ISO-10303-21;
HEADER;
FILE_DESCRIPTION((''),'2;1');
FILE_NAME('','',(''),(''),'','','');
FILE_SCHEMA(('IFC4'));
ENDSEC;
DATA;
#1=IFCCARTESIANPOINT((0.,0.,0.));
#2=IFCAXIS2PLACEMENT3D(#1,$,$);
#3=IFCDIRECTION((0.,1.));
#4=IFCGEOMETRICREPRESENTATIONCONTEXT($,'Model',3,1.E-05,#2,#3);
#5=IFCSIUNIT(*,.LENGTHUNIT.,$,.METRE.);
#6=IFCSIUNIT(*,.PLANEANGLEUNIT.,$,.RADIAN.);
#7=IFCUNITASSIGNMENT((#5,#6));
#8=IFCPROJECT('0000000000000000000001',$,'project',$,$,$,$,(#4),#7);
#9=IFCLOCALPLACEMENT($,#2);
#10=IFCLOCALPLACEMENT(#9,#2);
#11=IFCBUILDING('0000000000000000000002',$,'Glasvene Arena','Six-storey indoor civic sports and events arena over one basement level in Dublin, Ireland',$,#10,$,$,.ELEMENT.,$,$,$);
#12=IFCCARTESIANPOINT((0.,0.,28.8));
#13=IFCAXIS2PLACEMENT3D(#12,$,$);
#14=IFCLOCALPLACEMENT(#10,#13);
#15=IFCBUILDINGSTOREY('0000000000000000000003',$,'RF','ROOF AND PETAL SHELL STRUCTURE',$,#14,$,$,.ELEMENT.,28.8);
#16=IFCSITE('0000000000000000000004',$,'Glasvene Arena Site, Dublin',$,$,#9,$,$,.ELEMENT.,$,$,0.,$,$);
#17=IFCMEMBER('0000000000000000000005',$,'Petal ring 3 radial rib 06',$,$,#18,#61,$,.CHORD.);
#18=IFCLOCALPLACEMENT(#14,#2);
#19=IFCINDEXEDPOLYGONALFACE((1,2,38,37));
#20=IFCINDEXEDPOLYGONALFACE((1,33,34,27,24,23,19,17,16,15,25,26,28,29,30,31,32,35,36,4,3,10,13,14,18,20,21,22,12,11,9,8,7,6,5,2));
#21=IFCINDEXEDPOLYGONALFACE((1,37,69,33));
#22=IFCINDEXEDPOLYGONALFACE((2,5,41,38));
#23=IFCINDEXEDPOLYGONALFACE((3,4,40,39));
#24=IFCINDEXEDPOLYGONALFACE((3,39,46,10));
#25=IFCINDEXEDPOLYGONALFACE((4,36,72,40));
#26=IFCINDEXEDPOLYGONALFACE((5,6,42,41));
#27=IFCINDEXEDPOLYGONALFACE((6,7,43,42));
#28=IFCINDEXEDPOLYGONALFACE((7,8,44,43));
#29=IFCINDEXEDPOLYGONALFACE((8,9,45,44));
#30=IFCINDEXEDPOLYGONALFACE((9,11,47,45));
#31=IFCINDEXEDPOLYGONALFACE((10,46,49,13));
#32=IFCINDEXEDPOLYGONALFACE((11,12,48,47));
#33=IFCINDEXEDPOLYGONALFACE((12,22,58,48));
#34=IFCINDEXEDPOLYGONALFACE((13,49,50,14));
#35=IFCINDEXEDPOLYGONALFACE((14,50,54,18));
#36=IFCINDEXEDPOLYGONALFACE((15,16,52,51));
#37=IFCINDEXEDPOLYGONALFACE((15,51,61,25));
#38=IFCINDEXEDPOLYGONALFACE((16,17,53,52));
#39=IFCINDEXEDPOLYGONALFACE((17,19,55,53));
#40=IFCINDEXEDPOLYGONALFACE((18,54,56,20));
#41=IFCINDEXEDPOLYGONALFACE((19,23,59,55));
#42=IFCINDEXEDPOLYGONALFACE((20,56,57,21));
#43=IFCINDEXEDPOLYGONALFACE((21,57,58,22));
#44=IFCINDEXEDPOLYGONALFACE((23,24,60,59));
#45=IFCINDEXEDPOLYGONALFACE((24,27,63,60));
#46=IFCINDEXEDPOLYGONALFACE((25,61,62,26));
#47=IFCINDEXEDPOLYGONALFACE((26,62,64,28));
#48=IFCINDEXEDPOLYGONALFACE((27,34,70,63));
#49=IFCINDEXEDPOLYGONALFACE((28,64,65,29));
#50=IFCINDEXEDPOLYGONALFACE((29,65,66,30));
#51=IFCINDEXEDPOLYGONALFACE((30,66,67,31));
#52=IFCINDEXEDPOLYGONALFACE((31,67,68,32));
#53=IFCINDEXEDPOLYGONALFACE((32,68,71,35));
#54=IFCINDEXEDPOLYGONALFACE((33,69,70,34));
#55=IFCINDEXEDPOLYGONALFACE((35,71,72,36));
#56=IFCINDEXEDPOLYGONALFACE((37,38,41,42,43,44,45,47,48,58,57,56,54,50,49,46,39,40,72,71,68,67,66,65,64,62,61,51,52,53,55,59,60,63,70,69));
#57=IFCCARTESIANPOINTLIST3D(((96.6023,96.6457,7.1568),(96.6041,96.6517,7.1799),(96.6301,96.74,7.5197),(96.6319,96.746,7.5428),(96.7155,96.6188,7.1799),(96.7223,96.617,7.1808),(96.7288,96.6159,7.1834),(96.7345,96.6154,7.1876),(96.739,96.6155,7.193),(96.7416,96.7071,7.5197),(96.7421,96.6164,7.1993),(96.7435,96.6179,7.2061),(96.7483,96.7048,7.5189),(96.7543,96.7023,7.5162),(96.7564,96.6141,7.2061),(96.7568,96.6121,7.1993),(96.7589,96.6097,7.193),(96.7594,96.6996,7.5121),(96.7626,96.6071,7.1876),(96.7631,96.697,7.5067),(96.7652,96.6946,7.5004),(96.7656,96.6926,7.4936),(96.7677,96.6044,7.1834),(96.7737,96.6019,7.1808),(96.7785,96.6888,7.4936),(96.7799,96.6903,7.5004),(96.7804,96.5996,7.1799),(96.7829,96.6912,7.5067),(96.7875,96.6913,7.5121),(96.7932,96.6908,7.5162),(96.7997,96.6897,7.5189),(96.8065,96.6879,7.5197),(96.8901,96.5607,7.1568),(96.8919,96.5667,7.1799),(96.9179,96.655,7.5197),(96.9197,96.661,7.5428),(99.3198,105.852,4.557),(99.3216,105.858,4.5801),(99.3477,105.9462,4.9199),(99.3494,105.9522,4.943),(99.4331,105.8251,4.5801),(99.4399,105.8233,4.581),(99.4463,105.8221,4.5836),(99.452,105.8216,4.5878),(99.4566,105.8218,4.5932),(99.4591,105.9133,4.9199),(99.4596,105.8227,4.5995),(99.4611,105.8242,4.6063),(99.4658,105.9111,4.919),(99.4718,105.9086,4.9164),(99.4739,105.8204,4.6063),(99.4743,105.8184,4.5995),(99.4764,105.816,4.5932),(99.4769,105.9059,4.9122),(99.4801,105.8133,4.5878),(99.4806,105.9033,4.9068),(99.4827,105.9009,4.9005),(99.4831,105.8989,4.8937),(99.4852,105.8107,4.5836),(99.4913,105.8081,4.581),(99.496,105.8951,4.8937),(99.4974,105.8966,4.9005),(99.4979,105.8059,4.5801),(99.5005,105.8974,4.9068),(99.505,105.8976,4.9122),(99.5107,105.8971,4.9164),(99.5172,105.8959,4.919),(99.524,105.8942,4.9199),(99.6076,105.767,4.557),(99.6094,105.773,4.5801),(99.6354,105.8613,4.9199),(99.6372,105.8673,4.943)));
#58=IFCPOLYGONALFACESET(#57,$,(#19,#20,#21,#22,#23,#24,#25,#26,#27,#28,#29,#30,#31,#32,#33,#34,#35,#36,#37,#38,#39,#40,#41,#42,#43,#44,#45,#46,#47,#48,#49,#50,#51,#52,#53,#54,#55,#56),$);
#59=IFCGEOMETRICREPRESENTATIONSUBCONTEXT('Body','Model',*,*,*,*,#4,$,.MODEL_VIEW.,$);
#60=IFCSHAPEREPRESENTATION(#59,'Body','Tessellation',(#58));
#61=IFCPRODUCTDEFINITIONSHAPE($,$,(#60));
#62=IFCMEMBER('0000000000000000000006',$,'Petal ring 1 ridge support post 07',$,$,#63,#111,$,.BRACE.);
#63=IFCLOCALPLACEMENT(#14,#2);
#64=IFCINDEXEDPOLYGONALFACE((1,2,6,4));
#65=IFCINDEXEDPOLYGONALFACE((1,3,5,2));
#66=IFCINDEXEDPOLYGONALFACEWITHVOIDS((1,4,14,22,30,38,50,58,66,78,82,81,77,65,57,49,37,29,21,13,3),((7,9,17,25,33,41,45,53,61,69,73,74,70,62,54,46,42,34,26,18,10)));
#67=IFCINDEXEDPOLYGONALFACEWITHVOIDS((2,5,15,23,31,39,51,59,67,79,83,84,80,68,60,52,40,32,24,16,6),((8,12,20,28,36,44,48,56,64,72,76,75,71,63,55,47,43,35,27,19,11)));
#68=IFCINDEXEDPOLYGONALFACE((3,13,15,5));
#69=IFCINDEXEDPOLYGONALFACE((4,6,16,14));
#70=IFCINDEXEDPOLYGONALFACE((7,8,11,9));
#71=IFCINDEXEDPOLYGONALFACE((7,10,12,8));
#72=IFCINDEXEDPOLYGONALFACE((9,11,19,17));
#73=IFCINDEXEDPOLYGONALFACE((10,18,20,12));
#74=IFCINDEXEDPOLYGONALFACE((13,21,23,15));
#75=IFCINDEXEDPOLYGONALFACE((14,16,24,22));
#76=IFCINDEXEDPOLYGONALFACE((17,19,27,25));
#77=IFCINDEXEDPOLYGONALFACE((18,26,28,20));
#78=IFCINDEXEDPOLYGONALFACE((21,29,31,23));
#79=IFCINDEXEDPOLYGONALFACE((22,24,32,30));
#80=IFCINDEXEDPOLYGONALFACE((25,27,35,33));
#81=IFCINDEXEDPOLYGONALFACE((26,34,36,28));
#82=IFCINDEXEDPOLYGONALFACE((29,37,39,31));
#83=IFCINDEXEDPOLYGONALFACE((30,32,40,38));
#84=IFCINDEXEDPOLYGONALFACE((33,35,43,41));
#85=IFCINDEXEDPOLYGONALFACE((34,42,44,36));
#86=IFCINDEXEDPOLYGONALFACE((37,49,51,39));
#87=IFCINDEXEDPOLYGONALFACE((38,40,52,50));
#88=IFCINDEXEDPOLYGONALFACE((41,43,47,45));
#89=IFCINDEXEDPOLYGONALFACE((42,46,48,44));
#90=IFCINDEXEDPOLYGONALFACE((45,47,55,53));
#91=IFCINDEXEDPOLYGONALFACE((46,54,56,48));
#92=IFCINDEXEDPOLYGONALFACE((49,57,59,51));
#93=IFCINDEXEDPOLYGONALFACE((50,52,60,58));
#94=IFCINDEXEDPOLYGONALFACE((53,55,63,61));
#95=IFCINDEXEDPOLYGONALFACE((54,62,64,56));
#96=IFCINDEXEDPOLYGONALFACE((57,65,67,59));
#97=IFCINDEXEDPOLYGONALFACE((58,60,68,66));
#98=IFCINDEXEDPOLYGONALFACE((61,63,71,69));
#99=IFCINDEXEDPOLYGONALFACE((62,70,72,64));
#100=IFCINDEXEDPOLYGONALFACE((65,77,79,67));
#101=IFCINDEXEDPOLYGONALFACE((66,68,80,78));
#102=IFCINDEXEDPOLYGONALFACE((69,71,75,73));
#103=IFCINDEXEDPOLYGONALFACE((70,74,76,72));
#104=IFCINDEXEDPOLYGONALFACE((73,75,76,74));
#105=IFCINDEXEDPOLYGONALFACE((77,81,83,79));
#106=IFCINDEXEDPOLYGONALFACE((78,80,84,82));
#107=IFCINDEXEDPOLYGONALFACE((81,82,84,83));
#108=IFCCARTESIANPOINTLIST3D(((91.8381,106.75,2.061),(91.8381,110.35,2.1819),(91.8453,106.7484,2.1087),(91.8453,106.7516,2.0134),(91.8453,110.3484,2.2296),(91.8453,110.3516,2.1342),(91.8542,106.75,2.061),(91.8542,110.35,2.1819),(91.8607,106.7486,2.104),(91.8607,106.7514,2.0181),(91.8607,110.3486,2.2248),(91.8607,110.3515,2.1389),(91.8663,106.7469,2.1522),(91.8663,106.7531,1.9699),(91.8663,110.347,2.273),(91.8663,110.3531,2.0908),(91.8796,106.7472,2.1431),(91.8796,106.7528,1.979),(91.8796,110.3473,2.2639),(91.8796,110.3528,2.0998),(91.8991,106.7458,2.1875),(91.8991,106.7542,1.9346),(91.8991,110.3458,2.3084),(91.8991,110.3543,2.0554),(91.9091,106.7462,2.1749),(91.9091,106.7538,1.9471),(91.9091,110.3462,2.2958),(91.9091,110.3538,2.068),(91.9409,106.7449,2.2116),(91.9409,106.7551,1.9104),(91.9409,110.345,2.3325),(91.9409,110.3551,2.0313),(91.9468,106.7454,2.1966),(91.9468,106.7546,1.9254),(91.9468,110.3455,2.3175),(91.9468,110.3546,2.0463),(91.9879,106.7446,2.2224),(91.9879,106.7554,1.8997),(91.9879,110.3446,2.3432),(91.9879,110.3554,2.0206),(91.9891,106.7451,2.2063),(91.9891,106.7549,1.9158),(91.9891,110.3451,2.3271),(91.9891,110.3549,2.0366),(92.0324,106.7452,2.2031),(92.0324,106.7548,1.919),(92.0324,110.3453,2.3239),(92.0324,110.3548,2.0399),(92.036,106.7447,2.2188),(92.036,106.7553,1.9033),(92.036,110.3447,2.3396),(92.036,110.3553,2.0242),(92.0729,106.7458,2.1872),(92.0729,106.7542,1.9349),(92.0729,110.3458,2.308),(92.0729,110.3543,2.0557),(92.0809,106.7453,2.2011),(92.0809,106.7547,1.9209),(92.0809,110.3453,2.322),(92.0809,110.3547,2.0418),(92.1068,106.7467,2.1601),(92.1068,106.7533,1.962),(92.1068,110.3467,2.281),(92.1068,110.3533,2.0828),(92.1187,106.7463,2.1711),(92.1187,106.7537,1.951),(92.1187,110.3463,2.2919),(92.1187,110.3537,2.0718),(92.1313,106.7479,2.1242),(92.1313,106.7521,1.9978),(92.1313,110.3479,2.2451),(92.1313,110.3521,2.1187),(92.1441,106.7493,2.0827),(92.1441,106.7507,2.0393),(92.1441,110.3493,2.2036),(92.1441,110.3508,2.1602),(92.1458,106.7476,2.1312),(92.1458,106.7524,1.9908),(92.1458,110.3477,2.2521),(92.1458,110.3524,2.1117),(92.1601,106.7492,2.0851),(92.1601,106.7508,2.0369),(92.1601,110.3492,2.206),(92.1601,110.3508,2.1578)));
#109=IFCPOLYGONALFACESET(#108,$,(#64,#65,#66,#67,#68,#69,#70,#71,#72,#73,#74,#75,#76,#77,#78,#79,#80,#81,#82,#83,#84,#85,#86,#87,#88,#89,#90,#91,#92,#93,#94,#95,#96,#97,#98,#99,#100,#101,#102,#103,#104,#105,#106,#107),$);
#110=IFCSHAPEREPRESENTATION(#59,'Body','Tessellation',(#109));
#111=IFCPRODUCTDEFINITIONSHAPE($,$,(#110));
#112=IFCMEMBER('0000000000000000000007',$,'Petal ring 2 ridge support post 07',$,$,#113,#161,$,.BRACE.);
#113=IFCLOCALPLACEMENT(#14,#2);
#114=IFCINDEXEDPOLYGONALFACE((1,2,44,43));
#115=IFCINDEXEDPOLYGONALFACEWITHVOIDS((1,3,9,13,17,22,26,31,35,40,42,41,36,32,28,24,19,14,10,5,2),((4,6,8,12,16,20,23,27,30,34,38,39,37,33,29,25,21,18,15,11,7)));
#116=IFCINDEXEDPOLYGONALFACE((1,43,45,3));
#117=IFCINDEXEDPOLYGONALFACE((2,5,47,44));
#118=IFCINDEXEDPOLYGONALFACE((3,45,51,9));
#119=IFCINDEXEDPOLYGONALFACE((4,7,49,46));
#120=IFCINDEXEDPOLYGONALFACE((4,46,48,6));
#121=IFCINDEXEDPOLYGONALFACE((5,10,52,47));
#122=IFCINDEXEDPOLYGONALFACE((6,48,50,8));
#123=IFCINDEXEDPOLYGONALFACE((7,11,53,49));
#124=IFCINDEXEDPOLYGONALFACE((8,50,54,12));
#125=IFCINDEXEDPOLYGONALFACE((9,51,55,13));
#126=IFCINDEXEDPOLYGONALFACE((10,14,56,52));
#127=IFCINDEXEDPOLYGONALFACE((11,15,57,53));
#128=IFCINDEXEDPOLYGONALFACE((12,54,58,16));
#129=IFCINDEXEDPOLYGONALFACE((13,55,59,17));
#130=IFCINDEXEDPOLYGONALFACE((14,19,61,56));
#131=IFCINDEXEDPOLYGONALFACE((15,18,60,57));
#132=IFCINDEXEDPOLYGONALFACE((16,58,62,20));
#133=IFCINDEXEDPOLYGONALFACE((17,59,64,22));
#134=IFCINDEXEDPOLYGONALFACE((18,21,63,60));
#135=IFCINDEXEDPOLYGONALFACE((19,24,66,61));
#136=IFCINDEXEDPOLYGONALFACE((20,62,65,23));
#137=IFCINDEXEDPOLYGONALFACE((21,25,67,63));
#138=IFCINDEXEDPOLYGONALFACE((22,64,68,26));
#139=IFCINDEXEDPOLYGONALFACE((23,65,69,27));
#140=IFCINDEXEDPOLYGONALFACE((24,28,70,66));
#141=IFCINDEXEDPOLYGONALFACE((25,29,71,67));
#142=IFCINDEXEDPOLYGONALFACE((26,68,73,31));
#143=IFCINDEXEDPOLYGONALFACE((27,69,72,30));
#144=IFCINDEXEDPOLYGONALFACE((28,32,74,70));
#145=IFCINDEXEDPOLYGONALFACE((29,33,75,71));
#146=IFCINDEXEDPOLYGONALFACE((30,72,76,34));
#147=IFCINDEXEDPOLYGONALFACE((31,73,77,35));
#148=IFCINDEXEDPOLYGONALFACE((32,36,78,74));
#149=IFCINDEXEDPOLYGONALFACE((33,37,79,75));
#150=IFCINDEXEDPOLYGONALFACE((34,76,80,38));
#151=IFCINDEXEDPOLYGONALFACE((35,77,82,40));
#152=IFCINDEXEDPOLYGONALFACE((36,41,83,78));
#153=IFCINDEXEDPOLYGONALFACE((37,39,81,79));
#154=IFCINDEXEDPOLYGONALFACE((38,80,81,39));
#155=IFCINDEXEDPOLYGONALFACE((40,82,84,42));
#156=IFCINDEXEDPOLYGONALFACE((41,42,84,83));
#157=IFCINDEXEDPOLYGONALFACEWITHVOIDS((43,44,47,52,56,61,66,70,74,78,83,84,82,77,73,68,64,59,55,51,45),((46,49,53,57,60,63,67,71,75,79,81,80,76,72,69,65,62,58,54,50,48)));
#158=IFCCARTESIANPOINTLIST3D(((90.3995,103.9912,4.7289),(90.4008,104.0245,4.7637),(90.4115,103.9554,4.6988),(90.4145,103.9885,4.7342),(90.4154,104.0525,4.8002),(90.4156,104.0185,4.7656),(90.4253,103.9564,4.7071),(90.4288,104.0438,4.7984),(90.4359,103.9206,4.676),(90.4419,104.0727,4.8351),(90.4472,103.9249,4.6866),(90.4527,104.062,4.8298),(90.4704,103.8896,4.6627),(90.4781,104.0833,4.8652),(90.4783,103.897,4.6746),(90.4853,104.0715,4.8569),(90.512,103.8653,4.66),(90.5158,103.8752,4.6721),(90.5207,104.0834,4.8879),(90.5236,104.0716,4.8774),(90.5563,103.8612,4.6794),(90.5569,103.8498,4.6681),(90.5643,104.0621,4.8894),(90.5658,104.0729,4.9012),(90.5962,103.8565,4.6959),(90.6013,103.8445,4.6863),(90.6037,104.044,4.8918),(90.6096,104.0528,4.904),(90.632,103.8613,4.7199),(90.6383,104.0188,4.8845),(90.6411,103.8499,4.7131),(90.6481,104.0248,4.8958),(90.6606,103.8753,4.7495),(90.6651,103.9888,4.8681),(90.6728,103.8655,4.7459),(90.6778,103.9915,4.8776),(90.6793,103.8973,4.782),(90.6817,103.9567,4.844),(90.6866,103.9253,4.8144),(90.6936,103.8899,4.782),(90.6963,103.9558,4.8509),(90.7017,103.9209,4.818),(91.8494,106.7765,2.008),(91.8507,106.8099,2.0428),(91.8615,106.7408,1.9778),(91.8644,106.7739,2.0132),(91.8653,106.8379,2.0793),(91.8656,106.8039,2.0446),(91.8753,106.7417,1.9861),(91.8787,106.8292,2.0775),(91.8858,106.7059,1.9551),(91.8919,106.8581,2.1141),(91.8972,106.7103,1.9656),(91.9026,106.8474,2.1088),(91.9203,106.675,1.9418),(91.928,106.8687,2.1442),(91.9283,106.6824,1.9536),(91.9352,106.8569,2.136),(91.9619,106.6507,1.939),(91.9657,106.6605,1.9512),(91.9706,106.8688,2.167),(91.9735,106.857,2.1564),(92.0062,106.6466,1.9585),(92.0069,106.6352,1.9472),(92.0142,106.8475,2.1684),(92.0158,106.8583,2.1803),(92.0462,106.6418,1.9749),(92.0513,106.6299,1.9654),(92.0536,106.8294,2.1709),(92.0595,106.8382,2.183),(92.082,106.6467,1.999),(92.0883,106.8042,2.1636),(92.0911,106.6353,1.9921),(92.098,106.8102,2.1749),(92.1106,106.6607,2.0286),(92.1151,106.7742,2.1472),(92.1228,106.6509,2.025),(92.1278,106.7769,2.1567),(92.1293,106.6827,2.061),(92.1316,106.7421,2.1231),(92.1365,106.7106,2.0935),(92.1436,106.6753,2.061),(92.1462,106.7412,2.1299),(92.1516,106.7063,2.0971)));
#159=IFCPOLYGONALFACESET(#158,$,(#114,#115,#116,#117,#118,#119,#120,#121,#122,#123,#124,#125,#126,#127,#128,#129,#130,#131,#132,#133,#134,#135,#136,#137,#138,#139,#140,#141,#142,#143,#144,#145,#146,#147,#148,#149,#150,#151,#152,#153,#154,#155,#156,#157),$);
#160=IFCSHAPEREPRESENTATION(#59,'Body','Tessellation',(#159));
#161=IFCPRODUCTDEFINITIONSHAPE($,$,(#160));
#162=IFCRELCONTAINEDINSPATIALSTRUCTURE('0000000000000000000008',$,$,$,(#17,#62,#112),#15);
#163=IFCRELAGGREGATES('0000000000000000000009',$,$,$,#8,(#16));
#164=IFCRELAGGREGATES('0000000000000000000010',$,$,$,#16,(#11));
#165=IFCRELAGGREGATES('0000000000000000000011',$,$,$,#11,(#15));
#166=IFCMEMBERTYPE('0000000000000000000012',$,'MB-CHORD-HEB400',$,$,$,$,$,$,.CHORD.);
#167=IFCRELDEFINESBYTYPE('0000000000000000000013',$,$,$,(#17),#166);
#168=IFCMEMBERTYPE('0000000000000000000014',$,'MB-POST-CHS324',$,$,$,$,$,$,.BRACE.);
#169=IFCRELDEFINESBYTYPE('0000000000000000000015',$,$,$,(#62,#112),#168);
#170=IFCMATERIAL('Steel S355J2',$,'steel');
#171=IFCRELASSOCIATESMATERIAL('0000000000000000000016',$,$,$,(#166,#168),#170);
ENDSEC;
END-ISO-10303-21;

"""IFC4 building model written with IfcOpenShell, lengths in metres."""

from ifc_helpers import new_model, si_unit, direction, frame, origin, origin_2d, place, context, subcontext, project, spatial, hollow_circle, i_section, extrude, material, material_profile, profile_set, type_object, element, save


model = new_model("IFC4")

# Units and contexts
model_context = context("Model", 3, precision=1e-05, world=origin(), true_north=direction((0.0, 1.0)))
body_context = subcontext(model_context, "Body", "Model", "MODEL_VIEW")
ifc_project = project(units=[si_unit("LENGTHUNIT", "METRE"), si_unit("PLANEANGLEUNIT", "RADIAN")], contexts=[model_context])

# Site, building, storey
site_placement = place(None, origin())
site = spatial("IfcSite", under=ifc_project, at=site_placement, Name="Glasvene Arena Site, Dublin", CompositionType="ELEMENT", RefElevation=0.0)
building_placement = place(site_placement, origin())
building = spatial("IfcBuilding", under=site, at=building_placement, Name="Glasvene Arena", Description="Six-storey indoor civic sports and events arena over one basement level in Dublin, Ireland", CompositionType="ELEMENT")
storey_placement = place(building_placement, frame((0.0, 0.0, 28.8)))
storey = spatial("IfcBuildingStorey", under=building, at=storey_placement, Name="RF", Description="ROOF AND PETAL SHELL STRUCTURE", CompositionType="ELEMENT", Elevation=28.8)

# Members
ifc_material_1 = material(Name="Steel S355J2", Category="steel")
ifc_material_profile_1 = material_profile(ifc_material_1, i_section(OverallWidth=0.3, OverallDepth=0.3999, WebThickness=0.0134, FlangeThickness=0.0239, FilletRadius=0.0271, at=origin_2d()), Name="HEB 400")
ifc_profile_set_1 = profile_set([ifc_material_profile_1], Name="Steel S355J2")
member_type_1 = type_object("IfcMemberType", Name="MB-CHORD-HEB400", PredefinedType="CHORD", material=ifc_profile_set_1)
member_1_placement = place(storey_placement, frame((99.4785, 105.8596, 4.75), z_axis=(-0.27326, -0.925735, 0.261427), x_axis=(0.959089, -0.283105, 0.0)))
element("IfcMember", 1, at=member_1_placement, inside=storey, type_object=member_type_1, Name="Petal ring 3 radial rib 06", PredefinedType="CHORD", context=body_context, shape_type="SweptSolid", body=[
    extrude(i_section(OverallWidth=0.3, OverallDepth=0.3999, WebThickness=0.0134, FlangeThickness=0.0239, FilletRadius=0.0271, at=origin_2d()), origin(), (0.0, 0.0, 1.0), 9.9448),
])
ifc_material_profile_2 = material_profile(ifc_material_1, hollow_circle(Radius=0.1619, WallThickness=0.0161, at=origin_2d()), Name="CHS 323.9x16.0")
ifc_profile_set_2 = profile_set([ifc_material_profile_2], Name="Steel S355J2")
member_type_2 = type_object("IfcMemberType", Name="MB-POST-CHS324", PredefinedType="BRACE", material=ifc_profile_set_2)
member_2_placement = place(storey_placement, frame((92.0, 106.75, 2.061), z_axis=(0.0, 0.999437, 0.03355), x_axis=(-1.0, 0.0, 0.0)))
element("IfcMember", 2, at=member_2_placement, inside=storey, type_object=member_type_2, Name="Petal ring 1 ridge support post 07", PredefinedType="BRACE", context=body_context, shape_type="SweptSolid", body=[
    extrude(hollow_circle(Radius=0.1619, WallThickness=0.0161, at=origin_2d()), origin(), (0.0, 0.0, 1.0), 3.6021),
])
member_3_placement = place(storey_placement, frame((92.0, 106.75, 2.061), z_axis=(-0.348962, -0.670366, 0.654854), x_axis=(0.887016, -0.461739, 0.0)))
element("IfcMember", 3, at=member_3_placement, inside=storey, type_object=member_type_2, Name="Petal ring 2 ridge support post 07", PredefinedType="BRACE", context=body_context, shape_type="SweptSolid", body=[
    extrude(hollow_circle(Radius=0.1619, WallThickness=0.0161, at=origin_2d()), origin(), (0.0, 0.0, 1.0), 4.155),
])

save(model, "model.ifc")
